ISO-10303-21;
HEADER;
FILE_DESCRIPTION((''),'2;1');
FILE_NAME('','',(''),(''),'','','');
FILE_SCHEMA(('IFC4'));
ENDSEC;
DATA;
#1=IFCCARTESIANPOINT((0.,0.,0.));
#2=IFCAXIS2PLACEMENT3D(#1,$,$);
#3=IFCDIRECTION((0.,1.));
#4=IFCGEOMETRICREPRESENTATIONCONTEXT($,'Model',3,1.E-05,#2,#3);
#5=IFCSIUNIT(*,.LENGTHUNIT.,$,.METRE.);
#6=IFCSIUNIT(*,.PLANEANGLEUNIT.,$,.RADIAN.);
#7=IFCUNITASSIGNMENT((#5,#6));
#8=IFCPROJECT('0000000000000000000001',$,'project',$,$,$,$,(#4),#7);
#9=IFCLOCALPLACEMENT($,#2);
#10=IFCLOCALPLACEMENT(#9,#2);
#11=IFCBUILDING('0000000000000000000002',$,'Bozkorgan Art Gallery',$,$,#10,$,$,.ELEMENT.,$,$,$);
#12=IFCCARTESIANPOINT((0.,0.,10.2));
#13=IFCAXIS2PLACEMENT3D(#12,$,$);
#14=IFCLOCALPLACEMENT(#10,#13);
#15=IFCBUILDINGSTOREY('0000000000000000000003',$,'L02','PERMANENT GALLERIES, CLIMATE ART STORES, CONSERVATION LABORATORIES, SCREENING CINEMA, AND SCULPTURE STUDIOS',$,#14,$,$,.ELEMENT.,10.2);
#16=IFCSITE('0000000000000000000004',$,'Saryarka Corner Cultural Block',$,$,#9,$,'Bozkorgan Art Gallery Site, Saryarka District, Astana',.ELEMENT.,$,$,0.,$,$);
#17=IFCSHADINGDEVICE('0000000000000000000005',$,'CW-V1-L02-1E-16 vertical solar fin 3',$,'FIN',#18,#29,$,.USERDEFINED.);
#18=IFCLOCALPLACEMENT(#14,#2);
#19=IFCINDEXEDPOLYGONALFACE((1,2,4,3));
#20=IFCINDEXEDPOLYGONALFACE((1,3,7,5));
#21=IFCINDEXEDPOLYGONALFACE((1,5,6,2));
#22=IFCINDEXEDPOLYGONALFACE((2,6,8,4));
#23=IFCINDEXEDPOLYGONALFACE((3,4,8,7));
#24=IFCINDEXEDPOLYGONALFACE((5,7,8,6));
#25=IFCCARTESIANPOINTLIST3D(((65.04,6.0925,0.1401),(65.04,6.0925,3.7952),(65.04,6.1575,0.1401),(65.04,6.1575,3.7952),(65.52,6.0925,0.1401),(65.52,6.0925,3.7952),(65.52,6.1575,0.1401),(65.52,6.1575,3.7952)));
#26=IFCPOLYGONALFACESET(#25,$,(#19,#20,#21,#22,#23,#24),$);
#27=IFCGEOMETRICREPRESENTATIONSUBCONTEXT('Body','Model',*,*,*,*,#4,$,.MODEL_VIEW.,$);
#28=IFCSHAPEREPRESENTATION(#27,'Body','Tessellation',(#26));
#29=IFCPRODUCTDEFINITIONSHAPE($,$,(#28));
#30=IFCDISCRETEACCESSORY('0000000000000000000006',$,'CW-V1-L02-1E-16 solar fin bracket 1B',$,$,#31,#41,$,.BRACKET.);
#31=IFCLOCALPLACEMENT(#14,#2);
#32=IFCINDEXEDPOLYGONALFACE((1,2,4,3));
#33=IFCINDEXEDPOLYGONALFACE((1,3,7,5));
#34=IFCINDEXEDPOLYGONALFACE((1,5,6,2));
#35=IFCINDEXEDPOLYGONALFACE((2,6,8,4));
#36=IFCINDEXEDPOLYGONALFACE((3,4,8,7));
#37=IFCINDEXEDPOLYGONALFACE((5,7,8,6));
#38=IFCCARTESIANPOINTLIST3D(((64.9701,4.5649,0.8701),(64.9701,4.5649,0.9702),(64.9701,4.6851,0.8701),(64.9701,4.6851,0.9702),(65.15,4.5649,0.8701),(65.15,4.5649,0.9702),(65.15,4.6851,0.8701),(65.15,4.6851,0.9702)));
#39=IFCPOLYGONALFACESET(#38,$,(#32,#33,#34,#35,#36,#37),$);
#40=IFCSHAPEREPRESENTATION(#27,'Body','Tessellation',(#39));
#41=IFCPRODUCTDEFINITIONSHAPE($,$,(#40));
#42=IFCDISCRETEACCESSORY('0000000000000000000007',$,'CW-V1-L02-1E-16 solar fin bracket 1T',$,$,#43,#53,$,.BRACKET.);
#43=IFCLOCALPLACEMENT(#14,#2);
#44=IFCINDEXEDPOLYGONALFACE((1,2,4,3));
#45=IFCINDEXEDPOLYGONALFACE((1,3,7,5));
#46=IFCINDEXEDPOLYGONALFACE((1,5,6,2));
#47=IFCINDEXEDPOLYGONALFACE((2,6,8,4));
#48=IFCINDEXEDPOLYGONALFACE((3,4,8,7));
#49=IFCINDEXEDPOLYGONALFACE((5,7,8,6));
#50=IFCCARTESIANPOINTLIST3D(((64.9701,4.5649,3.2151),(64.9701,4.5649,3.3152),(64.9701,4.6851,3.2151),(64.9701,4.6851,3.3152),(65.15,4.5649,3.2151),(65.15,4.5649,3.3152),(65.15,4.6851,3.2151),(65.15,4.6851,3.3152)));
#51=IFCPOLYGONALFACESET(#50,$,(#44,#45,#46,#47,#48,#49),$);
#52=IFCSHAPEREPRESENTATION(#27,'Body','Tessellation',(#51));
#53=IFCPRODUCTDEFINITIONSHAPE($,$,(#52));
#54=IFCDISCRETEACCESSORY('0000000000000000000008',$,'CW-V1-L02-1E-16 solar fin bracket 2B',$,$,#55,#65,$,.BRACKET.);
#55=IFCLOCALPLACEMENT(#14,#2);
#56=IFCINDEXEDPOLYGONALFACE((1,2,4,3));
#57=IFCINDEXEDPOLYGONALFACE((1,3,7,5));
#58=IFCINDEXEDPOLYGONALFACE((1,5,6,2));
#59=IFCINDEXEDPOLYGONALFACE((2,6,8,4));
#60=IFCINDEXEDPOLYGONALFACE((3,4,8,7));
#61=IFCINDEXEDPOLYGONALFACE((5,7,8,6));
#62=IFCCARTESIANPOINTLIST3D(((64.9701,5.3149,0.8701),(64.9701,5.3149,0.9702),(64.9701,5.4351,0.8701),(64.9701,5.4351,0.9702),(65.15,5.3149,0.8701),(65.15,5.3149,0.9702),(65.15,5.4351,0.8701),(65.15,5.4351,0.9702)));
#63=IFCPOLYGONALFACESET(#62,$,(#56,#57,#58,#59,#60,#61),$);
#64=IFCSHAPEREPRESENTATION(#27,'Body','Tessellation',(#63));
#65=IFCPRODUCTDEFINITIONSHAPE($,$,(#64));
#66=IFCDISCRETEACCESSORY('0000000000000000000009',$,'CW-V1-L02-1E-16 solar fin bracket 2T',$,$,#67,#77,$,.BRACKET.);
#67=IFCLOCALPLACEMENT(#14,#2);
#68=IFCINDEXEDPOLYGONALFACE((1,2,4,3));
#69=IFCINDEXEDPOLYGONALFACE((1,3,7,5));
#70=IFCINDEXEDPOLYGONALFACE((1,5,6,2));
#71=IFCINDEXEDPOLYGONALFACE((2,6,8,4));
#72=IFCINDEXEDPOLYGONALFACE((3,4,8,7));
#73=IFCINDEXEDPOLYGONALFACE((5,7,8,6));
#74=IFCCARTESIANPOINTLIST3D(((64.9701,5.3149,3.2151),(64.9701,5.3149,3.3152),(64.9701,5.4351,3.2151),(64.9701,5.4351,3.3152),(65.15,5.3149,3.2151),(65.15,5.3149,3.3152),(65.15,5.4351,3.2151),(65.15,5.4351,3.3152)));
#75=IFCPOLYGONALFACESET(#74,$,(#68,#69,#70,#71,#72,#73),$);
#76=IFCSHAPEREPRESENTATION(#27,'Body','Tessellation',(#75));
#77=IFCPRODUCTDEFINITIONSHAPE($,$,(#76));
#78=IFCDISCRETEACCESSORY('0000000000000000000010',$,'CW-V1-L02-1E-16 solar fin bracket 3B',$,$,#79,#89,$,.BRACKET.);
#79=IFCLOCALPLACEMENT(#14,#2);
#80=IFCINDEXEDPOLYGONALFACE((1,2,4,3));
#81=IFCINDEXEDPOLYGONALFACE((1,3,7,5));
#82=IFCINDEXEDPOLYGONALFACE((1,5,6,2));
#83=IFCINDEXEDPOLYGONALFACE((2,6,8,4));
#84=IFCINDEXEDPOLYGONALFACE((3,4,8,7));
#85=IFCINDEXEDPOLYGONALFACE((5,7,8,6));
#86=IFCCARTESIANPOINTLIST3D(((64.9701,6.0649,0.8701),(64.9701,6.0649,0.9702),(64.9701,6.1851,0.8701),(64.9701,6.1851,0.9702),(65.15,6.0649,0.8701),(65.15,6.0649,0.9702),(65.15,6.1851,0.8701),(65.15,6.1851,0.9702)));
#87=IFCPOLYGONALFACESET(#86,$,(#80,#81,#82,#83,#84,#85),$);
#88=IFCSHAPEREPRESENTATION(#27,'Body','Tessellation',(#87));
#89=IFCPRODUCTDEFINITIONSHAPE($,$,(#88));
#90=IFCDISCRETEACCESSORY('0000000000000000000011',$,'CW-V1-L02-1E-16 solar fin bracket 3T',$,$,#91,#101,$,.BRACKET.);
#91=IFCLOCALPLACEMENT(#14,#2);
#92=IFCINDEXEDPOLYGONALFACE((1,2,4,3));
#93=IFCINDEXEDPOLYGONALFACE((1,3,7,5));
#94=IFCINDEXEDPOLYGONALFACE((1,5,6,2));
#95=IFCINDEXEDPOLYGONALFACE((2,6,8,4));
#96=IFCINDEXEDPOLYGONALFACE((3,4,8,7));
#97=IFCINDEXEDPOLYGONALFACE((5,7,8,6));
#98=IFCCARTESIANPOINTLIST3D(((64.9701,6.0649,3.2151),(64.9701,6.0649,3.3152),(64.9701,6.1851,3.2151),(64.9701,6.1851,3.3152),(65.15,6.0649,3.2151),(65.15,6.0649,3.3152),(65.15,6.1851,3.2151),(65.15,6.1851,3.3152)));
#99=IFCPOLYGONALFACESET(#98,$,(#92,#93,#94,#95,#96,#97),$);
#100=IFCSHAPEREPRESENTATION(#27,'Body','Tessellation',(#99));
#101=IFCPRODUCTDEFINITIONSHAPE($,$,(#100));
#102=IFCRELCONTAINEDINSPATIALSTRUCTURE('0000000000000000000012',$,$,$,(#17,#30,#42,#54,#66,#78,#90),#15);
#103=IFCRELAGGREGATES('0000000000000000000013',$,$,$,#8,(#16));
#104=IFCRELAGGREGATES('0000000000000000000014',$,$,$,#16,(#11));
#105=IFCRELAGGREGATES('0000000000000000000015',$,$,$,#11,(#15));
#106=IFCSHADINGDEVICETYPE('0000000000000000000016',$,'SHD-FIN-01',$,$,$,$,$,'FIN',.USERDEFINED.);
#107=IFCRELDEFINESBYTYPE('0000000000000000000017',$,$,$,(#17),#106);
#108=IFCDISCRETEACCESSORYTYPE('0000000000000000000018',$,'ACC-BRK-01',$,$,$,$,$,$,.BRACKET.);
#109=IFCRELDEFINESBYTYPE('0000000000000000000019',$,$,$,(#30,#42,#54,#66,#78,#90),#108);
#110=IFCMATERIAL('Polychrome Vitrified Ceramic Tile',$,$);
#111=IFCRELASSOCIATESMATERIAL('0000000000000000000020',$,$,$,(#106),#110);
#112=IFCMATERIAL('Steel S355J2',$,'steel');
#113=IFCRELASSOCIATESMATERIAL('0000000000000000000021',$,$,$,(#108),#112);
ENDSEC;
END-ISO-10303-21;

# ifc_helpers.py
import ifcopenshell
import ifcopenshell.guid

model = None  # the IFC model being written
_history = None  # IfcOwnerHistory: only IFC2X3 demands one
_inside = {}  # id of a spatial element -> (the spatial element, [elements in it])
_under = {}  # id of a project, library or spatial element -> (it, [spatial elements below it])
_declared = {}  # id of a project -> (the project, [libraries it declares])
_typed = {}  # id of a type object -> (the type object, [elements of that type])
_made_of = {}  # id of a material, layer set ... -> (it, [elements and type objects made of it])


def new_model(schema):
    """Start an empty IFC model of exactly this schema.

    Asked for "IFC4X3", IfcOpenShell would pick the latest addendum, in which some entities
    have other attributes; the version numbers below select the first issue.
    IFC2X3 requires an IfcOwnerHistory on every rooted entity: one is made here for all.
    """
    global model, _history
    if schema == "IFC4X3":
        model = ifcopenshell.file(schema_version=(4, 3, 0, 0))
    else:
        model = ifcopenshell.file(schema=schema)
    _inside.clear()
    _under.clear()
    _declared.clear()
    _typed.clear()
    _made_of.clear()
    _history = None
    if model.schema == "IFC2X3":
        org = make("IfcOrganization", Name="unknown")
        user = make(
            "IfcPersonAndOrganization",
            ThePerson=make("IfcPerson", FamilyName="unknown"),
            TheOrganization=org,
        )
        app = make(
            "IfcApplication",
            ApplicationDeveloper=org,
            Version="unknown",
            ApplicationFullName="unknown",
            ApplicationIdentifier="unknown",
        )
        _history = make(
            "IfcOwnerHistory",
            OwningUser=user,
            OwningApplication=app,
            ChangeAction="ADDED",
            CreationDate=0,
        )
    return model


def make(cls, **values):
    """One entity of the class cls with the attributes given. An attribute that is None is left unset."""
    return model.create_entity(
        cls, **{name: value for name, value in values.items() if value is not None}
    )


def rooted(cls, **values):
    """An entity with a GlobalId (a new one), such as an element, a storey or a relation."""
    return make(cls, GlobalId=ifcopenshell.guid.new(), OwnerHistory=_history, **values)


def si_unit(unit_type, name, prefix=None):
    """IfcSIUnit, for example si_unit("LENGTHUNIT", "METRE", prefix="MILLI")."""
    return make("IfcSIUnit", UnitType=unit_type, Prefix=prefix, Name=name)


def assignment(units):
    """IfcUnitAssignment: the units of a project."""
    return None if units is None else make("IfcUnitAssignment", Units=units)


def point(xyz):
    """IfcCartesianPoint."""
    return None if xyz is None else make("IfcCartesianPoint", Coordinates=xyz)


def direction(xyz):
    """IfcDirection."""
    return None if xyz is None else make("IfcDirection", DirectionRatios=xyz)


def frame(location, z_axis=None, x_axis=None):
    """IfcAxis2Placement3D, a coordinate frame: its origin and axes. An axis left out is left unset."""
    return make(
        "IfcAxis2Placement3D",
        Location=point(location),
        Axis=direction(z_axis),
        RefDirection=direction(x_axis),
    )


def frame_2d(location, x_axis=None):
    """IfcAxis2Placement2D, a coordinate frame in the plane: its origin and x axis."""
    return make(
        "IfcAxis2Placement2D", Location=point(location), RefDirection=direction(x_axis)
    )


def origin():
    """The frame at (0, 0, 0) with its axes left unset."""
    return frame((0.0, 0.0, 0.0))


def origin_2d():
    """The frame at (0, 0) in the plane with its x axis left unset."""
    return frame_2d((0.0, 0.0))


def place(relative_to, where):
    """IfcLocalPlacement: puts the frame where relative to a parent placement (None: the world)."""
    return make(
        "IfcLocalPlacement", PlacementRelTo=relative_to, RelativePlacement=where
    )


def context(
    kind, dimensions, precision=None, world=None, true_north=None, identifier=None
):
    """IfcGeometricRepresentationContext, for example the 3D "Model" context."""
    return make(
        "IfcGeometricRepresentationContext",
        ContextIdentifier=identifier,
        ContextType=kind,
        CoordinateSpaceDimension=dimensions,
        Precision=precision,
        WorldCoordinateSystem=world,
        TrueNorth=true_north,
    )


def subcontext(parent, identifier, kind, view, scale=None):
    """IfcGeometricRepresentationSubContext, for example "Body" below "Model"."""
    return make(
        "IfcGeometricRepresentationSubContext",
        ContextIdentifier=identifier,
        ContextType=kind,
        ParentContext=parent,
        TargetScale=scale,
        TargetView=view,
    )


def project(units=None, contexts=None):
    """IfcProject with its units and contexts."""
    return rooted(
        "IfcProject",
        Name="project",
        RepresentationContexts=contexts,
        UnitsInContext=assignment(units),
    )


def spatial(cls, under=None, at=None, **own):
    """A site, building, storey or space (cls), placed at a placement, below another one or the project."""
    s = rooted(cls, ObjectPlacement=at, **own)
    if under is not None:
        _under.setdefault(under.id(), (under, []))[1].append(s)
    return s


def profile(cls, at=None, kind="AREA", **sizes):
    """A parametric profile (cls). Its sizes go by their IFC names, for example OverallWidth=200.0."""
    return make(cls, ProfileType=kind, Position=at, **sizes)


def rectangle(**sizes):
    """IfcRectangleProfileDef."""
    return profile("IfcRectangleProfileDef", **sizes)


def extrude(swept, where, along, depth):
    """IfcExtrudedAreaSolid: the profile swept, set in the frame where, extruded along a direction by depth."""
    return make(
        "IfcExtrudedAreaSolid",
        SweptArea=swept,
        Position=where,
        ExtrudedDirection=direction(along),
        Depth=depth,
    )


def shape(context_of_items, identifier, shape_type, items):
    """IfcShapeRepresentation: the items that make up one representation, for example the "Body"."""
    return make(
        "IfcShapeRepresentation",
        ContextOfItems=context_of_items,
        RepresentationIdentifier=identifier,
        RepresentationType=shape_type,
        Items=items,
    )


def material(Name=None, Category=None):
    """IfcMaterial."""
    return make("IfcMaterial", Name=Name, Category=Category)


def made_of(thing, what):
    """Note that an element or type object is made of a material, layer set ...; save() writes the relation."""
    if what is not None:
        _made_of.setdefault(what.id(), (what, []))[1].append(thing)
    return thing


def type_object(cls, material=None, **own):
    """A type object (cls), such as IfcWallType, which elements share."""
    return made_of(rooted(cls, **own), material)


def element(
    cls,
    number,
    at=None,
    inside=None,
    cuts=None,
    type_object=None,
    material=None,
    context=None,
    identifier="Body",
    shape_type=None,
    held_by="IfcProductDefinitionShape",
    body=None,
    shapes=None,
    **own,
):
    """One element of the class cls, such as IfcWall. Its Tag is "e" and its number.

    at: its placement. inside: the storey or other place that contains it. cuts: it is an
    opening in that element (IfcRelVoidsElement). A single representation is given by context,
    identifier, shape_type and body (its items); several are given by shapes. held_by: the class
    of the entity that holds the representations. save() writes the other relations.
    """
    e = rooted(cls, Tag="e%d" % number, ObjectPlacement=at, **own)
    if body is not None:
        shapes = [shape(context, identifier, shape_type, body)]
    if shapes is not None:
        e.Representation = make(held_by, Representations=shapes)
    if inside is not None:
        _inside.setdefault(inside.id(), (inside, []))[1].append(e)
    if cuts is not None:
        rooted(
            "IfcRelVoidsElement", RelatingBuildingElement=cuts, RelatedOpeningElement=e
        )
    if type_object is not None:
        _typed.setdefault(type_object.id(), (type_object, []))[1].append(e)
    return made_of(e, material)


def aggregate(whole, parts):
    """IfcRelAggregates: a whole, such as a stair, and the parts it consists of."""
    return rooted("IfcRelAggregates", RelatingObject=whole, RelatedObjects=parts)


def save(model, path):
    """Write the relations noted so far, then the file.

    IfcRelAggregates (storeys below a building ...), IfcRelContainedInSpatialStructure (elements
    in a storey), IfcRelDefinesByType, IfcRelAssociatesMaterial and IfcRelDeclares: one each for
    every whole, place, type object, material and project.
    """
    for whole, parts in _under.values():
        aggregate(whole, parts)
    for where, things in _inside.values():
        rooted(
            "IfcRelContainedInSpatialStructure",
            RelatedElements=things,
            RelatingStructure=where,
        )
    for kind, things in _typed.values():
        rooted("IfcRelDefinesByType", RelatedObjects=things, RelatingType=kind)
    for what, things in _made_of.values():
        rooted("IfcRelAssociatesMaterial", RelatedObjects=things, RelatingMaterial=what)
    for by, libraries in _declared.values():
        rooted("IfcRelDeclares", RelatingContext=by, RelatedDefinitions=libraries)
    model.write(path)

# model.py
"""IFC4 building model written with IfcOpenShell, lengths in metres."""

from ifc_helpers import new_model, si_unit, direction, frame, origin, origin_2d, place, context, subcontext, project, spatial, rectangle, extrude, material, type_object, element, save


model = new_model("IFC4")

# Units and contexts
model_context = context("Model", 3, precision=1e-05, world=origin(), true_north=direction((0.0, 1.0)))
body_context = subcontext(model_context, "Body", "Model", "MODEL_VIEW")
ifc_project = project(units=[si_unit("LENGTHUNIT", "METRE"), si_unit("PLANEANGLEUNIT", "RADIAN")], contexts=[model_context])

# Site, building, storey
site_placement = place(None, origin())
site = spatial("IfcSite", under=ifc_project, at=site_placement, Name="Saryarka Corner Cultural Block", LongName="Bozkorgan Art Gallery Site, Saryarka District, Astana", CompositionType="ELEMENT", RefElevation=0.0)
building_placement = place(site_placement, origin())
building = spatial("IfcBuilding", under=site, at=building_placement, Name="Bozkorgan Art Gallery", CompositionType="ELEMENT")
storey_placement = place(building_placement, frame((0.0, 0.0, 10.2)))
storey = spatial("IfcBuildingStorey", under=building, at=storey_placement, Name="L02", Description="PERMANENT GALLERIES, CLIMATE ART STORES, CONSERVATION LABORATORIES, SCREENING CINEMA, AND SCULPTURE STUDIOS", CompositionType="ELEMENT", Elevation=10.2)

# Shared definitions
ifc_material_1 = material(Name="Steel S355J2", Category="steel")

# Shading device
ifc_material_2 = material(Name="Polychrome Vitrified Ceramic Tile")
shading_device_type = type_object("IfcShadingDeviceType", Name="SHD-FIN-01", ElementType="FIN", PredefinedType="USERDEFINED", material=ifc_material_2)
for number, where, z_axis, x_axis, name in (
    (1, (65.28, 6.125, 0.1401), (0.0, 0.0, 1.0), (1.0, 0.0, 0.0), "CW-V1-L02-1E-16 vertical solar fin 3"),
):
    element("IfcShadingDevice", number, at=place(storey_placement, frame(where, z_axis=z_axis, x_axis=x_axis)), inside=storey, type_object=shading_device_type, Name=name, ObjectType="FIN", PredefinedType="USERDEFINED", context=body_context, shape_type="SweptSolid", body=[
        extrude(rectangle(XDim=0.48, YDim=0.0649, at=origin_2d()), origin(), (0.0, 0.0, 1.0), 3.655),
    ])

# Discrete accessories
discrete_accessory_type = type_object("IfcDiscreteAccessoryType", Name="ACC-BRK-01", PredefinedType="BRACKET", material=ifc_material_1)
for number, where, z_axis, x_axis, name in (
    (2, (65.0601, 4.625, 0.8701), (0.0, 0.0, 1.0), (1.0, 0.0, 0.0), "CW-V1-L02-1E-16 solar fin bracket 1B"),
    (3, (65.0601, 4.625, 3.2151), (0.0, 0.0, 1.0), (1.0, 0.0, 0.0), "CW-V1-L02-1E-16 solar fin bracket 1T"),
    (4, (65.0601, 5.375, 0.8701), (0.0, 0.0, 1.0), (1.0, 0.0, 0.0), "CW-V1-L02-1E-16 solar fin bracket 2B"),
    (5, (65.0601, 5.375, 3.2151), (0.0, 0.0, 1.0), (1.0, 0.0, 0.0), "CW-V1-L02-1E-16 solar fin bracket 2T"),
    (6, (65.0601, 6.125, 0.8701), (0.0, 0.0, 1.0), (1.0, 0.0, 0.0), "CW-V1-L02-1E-16 solar fin bracket 3B"),
    (7, (65.0601, 6.125, 3.2151), (0.0, 0.0, 1.0), (1.0, 0.0, 0.0), "CW-V1-L02-1E-16 solar fin bracket 3T"),
):
    element("IfcDiscreteAccessory", number, at=place(storey_placement, frame(where, z_axis=z_axis, x_axis=x_axis)), inside=storey, type_object=discrete_accessory_type, Name=name, PredefinedType="BRACKET", context=body_context, shape_type="SweptSolid", body=[
        extrude(rectangle(XDim=0.1799, YDim=0.1201, at=origin_2d()), origin(), (0.0, 0.0, 1.0), 0.1001),
    ])

save(model, "model.ifc")
